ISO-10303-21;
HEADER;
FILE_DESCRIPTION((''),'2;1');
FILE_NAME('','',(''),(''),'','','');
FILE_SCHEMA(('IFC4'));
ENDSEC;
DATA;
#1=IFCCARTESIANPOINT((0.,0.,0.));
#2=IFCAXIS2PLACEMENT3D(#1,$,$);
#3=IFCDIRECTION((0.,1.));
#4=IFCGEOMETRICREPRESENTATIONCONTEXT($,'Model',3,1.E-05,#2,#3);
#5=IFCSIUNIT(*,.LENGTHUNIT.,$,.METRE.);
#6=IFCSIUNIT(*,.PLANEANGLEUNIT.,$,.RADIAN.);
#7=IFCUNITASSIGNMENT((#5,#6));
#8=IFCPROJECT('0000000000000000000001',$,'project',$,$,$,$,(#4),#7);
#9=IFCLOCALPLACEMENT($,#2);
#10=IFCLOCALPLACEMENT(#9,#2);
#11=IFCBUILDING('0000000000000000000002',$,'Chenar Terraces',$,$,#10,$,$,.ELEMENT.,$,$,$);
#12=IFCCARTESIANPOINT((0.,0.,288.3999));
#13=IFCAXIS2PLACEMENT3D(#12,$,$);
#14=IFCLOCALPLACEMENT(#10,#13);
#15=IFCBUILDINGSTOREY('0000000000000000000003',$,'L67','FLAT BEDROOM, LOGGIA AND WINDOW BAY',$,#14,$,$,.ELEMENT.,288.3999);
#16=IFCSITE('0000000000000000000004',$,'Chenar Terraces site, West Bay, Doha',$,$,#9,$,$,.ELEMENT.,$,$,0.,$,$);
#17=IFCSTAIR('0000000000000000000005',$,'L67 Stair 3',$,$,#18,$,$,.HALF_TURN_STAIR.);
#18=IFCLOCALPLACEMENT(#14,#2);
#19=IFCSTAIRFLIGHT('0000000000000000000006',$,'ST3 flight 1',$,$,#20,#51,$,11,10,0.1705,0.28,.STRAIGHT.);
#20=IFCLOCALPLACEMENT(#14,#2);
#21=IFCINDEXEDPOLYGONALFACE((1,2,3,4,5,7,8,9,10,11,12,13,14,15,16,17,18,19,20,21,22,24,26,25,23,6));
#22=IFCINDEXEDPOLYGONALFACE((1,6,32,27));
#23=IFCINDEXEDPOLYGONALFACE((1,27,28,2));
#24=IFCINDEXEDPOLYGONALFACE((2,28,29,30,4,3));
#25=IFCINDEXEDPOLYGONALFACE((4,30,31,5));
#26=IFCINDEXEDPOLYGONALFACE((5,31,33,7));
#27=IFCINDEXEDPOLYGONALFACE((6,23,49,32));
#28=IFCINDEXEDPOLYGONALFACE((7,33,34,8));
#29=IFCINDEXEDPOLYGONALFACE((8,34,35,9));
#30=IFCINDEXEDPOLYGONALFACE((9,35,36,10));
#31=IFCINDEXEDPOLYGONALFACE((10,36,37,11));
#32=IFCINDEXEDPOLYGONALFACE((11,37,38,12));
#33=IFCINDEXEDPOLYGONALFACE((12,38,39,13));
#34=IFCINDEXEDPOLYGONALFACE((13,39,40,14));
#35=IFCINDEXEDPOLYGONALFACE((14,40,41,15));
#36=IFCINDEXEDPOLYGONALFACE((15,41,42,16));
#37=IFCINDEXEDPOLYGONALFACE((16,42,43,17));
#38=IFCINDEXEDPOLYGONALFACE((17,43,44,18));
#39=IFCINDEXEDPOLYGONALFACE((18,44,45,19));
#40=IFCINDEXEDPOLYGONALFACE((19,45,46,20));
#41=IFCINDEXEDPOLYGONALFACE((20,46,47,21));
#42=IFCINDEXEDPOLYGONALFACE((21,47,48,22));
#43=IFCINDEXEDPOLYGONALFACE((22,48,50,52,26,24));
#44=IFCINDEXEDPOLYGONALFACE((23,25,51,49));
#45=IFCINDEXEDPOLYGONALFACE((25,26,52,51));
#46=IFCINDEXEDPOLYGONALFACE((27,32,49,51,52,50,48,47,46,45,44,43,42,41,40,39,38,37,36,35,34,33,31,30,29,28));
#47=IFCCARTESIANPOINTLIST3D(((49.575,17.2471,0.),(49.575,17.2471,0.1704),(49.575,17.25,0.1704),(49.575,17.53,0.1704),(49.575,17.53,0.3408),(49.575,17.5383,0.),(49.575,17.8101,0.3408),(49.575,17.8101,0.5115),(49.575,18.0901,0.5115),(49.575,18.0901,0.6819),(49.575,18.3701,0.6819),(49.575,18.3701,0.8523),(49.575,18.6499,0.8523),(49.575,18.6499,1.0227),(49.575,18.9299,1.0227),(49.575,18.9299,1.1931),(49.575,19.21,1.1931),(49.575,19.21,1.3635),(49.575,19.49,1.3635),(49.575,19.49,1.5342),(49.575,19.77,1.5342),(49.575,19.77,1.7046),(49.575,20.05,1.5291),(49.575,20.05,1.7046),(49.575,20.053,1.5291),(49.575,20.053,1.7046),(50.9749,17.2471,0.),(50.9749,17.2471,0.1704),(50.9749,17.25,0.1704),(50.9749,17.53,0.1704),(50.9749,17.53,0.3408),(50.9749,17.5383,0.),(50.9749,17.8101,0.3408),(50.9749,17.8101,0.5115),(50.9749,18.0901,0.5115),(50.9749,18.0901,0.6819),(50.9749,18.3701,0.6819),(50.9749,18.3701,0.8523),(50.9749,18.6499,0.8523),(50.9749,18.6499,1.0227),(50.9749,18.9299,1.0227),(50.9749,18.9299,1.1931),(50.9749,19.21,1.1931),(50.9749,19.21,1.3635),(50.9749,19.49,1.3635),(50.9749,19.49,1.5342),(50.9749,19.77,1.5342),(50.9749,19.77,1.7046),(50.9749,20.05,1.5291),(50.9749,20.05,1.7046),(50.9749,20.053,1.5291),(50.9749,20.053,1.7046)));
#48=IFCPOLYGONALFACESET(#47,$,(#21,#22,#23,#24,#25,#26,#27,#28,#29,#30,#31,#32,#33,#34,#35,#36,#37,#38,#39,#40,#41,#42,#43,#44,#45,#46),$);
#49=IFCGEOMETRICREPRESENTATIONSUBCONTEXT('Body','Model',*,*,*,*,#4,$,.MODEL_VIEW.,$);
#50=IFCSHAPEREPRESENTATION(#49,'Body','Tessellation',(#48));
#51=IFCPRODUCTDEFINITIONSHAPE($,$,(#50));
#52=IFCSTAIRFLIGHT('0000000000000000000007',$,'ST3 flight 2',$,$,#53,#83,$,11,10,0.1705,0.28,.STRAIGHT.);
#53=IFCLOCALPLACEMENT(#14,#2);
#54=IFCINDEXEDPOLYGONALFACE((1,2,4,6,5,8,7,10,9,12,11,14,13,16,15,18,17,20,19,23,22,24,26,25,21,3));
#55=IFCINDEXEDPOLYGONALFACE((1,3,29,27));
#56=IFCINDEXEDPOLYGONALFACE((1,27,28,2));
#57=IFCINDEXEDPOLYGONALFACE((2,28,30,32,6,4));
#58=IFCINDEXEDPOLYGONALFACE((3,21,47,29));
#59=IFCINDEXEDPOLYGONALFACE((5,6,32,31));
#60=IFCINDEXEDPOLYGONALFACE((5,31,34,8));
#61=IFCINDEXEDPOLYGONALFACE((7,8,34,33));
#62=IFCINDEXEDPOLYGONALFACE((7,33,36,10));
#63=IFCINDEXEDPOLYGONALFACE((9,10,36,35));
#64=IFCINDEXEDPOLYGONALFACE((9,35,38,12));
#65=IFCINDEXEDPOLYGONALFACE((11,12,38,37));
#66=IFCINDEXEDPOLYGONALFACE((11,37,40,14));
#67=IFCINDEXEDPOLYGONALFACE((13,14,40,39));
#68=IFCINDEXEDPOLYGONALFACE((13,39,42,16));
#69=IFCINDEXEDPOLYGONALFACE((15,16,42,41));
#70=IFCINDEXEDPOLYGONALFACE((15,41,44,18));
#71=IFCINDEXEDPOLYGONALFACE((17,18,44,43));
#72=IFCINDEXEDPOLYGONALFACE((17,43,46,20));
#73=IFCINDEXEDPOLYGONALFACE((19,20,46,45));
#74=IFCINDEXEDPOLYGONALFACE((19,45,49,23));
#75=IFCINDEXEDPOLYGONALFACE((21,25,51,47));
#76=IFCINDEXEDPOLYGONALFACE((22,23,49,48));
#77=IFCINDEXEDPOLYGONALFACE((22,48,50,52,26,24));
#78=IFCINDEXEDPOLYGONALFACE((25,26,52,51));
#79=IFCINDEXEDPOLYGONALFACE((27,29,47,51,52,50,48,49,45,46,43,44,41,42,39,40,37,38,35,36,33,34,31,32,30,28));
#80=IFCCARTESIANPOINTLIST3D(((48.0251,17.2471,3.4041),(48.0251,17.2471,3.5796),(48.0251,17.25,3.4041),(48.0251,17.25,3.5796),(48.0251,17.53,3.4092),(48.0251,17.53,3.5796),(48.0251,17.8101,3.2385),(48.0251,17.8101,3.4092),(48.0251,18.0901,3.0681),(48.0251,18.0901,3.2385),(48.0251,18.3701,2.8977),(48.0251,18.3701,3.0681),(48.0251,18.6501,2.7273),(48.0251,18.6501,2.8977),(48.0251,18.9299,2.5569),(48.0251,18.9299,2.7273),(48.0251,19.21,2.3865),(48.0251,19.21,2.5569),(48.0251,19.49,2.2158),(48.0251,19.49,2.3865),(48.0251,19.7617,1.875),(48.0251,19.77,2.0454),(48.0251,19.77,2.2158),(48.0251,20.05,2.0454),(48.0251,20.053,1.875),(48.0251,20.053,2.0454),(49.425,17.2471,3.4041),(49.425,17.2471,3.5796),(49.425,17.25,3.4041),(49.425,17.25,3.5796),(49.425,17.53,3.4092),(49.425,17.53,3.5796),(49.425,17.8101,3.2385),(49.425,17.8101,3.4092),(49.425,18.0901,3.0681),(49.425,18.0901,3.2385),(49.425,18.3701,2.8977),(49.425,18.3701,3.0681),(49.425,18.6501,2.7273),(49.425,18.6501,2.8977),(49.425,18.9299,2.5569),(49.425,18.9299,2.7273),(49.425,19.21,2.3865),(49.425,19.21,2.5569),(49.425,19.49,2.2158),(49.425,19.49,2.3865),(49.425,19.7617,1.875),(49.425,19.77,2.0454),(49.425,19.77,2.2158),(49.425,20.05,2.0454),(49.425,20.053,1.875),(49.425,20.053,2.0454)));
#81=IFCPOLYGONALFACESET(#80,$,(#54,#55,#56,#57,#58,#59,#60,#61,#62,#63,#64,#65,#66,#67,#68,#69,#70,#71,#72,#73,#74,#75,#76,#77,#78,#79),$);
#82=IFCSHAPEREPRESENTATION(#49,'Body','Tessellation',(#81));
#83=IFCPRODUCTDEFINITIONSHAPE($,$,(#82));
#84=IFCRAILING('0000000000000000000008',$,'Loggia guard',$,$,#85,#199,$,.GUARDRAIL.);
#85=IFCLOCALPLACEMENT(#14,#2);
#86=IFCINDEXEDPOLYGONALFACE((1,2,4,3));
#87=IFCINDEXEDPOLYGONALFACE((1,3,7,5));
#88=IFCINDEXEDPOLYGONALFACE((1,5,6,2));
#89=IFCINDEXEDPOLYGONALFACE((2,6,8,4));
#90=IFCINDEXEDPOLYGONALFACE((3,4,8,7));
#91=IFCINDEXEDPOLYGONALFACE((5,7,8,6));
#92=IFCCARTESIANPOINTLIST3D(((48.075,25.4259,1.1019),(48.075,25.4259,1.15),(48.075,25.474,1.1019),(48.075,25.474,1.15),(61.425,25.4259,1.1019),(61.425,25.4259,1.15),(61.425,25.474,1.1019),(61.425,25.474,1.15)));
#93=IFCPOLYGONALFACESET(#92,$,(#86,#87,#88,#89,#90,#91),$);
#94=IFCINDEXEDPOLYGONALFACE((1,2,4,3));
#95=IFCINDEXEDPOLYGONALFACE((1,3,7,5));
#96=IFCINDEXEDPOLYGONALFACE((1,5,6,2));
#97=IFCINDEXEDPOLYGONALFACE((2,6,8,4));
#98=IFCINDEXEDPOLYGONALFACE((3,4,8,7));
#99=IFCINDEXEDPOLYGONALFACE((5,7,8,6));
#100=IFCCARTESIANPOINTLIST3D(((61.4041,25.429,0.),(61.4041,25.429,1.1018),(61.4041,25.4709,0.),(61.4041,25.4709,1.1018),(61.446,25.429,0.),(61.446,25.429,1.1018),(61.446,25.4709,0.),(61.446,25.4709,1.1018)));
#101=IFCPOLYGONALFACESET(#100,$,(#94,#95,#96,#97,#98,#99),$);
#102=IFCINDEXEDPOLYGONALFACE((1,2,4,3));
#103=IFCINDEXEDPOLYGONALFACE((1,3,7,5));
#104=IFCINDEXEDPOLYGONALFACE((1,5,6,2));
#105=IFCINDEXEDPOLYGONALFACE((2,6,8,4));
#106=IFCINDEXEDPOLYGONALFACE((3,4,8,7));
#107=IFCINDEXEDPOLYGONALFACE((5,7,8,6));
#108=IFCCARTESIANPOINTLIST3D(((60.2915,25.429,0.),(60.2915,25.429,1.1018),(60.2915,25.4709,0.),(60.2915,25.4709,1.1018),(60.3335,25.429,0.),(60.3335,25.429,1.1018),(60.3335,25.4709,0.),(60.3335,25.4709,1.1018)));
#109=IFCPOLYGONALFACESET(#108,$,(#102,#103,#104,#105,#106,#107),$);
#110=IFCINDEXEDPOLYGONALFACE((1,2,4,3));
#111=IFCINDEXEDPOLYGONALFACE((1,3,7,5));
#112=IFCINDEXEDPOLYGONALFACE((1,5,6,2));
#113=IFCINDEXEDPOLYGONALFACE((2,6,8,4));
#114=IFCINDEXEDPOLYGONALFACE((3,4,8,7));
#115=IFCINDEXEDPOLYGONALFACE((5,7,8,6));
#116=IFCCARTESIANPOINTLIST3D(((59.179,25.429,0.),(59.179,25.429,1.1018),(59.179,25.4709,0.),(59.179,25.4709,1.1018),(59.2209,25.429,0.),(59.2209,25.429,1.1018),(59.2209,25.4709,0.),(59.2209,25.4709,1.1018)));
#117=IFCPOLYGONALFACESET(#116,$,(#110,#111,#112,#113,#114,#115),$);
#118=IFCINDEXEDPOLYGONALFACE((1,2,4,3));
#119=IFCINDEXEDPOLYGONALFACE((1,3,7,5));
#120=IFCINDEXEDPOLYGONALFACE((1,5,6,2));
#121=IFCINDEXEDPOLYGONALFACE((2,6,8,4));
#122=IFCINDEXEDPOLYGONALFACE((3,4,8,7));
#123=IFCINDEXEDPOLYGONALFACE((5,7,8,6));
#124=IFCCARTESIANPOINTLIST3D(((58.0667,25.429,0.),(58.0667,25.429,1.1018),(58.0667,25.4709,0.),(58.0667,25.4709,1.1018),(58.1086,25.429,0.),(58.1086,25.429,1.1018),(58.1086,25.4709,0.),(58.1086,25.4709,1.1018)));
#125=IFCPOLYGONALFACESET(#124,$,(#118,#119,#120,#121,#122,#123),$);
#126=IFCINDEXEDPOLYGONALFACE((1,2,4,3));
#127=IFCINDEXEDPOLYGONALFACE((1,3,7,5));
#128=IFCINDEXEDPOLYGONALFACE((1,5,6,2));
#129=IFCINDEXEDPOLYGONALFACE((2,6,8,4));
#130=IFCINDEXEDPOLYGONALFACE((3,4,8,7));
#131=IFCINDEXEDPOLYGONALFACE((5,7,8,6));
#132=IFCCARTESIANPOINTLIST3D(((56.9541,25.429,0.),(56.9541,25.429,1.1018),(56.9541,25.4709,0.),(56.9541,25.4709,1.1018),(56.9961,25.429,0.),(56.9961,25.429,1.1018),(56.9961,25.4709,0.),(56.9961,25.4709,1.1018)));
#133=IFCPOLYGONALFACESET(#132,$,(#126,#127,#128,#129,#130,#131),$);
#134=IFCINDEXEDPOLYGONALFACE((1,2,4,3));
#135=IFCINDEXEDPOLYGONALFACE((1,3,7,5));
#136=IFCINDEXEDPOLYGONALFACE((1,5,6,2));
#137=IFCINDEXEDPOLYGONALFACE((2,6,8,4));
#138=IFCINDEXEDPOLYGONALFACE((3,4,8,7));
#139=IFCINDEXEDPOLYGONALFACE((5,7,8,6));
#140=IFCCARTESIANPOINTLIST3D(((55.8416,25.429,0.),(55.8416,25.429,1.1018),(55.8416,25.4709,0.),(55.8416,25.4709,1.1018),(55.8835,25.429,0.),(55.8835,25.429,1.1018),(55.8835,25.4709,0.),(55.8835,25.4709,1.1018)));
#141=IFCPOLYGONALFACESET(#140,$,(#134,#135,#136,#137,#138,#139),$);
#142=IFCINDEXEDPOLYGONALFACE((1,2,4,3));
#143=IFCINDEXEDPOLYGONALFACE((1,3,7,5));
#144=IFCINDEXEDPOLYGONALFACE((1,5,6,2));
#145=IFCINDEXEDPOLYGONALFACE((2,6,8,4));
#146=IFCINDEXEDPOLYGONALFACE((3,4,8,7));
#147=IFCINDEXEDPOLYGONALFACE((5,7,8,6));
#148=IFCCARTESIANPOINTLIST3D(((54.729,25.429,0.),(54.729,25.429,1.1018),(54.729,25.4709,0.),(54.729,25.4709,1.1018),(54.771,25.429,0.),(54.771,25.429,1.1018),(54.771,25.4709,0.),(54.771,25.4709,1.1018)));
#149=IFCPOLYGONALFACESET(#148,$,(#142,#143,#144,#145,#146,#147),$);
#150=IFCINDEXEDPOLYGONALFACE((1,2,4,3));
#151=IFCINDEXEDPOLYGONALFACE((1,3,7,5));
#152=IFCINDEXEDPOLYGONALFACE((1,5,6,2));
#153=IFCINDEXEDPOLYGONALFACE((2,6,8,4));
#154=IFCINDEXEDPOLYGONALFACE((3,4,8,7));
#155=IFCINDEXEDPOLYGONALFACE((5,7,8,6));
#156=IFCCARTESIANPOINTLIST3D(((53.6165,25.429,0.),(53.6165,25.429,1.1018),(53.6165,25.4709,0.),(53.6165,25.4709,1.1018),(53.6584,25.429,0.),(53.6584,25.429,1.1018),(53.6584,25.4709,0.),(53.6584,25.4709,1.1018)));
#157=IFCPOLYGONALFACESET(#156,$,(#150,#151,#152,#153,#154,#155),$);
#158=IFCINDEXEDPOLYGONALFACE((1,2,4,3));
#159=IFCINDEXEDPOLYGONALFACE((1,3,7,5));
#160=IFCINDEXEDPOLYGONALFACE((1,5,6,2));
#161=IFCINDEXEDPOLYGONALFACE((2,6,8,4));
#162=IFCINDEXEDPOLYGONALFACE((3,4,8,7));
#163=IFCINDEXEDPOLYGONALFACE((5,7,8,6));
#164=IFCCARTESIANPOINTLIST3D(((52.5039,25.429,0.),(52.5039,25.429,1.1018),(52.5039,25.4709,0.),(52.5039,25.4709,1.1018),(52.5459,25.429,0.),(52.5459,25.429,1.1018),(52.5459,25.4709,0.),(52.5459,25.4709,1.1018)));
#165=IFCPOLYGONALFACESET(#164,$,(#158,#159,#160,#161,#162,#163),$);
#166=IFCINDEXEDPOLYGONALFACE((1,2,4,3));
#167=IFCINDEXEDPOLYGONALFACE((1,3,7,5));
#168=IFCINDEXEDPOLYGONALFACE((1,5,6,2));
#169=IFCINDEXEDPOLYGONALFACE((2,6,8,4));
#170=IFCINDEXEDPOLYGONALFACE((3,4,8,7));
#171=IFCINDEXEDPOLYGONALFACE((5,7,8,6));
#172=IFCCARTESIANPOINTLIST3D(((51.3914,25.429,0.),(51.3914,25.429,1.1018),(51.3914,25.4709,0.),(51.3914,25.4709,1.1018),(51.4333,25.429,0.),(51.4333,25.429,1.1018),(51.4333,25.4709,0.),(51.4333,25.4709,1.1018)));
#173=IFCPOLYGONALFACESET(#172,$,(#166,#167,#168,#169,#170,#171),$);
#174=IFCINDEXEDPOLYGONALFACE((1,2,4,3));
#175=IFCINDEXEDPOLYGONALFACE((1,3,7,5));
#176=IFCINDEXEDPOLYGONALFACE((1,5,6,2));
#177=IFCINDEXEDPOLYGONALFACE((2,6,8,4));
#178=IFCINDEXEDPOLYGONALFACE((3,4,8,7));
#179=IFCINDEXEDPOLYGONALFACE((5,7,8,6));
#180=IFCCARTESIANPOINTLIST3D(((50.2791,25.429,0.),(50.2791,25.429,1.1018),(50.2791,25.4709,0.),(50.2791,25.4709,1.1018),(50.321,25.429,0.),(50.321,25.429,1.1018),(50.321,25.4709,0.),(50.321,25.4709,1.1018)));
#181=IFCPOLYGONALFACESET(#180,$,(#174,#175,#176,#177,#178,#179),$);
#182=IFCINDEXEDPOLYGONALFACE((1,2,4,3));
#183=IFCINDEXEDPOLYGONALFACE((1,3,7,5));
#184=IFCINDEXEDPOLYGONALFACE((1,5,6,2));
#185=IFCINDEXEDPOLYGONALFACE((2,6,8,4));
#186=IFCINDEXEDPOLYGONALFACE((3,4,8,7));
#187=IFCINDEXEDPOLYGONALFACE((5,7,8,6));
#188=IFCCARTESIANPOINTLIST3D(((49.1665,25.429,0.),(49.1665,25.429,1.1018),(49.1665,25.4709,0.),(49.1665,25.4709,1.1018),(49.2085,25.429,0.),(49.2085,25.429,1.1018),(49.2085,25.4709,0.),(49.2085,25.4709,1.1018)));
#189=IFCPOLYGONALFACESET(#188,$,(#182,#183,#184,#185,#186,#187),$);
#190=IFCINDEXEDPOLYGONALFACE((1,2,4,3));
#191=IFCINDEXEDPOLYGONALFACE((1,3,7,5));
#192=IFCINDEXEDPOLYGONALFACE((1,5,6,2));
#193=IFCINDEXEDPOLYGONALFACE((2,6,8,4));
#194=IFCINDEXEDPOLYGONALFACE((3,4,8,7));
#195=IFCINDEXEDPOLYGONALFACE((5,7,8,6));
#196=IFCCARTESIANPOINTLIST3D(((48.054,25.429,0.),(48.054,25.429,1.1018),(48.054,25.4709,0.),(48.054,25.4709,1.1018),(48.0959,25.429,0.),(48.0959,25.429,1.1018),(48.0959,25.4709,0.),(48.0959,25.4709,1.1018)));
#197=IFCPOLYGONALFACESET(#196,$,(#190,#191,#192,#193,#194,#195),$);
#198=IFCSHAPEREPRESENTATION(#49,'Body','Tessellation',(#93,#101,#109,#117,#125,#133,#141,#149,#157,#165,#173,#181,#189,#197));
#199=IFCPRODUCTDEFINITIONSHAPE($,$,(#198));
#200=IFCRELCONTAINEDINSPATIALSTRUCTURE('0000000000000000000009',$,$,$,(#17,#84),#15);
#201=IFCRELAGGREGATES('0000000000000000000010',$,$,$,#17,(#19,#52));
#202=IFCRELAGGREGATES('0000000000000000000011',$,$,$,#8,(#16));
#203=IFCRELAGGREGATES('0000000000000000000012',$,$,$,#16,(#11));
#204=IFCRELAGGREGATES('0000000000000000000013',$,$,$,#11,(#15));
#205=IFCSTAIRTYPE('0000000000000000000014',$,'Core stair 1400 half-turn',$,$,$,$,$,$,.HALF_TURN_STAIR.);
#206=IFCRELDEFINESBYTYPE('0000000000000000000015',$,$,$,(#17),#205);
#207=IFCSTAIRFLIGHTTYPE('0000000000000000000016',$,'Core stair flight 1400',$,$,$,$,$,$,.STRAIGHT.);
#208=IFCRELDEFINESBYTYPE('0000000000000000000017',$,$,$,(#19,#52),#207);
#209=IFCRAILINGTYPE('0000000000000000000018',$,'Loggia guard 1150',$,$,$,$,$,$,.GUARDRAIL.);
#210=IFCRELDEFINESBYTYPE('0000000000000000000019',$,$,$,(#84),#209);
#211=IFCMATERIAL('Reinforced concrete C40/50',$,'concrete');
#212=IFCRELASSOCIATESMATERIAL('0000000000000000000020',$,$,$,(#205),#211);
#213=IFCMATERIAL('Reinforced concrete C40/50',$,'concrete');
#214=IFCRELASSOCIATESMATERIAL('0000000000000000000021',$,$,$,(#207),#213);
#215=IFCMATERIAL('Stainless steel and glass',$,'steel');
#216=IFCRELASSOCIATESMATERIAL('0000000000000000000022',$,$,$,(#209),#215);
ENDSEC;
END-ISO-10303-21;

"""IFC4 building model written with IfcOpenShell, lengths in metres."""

from ifc_helpers import new_model, si_unit, direction, frame, origin, origin_2d, place, context, subcontext, project, spatial, polyline, rectangle, outline, extrude, material, type_object, element, aggregate, save


model = new_model("IFC4")

# Units and contexts
model_context = context("Model", 3, precision=1e-05, world=origin(), true_north=direction((0.0, 1.0)))
body_context = subcontext(model_context, "Body", "Model", "MODEL_VIEW")
ifc_project = project(units=[si_unit("LENGTHUNIT", "METRE"), si_unit("PLANEANGLEUNIT", "RADIAN")], contexts=[model_context])

# Site, building, storey
site_placement = place(None, origin())
site = spatial("IfcSite", under=ifc_project, at=site_placement, Name="Chenar Terraces site, West Bay, Doha", CompositionType="ELEMENT", RefElevation=0.0)
building_placement = place(site_placement, origin())
building = spatial("IfcBuilding", under=site, at=building_placement, Name="Chenar Terraces", CompositionType="ELEMENT")
storey_placement = place(building_placement, frame((0.0, 0.0, 288.3999)))
storey = spatial("IfcBuildingStorey", under=building, at=storey_placement, Name="L67", Description="FLAT BEDROOM, LOGGIA AND WINDOW BAY", CompositionType="ELEMENT", Elevation=288.3999)

# Stair, stair flights
ifc_material_1 = material(Name="Reinforced concrete C40/50", Category="concrete")
stair_type = type_object("IfcStairType", Name="Core stair 1400 half-turn", PredefinedType="HALF_TURN_STAIR", material=ifc_material_1)
stair_placement = place(storey_placement, origin())
stair = element("IfcStair", 1, at=stair_placement, inside=storey, type_object=stair_type, Name="L67 Stair 3", PredefinedType="HALF_TURN_STAIR")
ifc_material_2 = material(Name="Reinforced concrete C40/50", Category="concrete")
stair_flight_type = type_object("IfcStairFlightType", Name="Core stair flight 1400", PredefinedType="STRAIGHT", material=ifc_material_2)
stair_flight_1_placement = place(storey_placement, frame((50.2749, 17.25, 0.0), z_axis=(0.0, 0.0, 1.0), x_axis=(0.0, 1.0, 0.0)))
stair_flight_1 = element("IfcStairFlight", 2, at=stair_flight_1_placement, type_object=stair_flight_type, Name="ST3 flight 1", NumberOfRisers=11, NumberOfTreads=10, PredefinedType="STRAIGHT", RiserHeight=0.1705, TreadLength=0.28, context=body_context, shape_type="SweptSolid", body=[
    extrude(outline(polyline([(-0.0029, 0.0), (-0.0029, 0.1704), (0.0, 0.1704), (0.28, 0.1704), (0.28, 0.3408), (0.5601, 0.3408), (0.5601, 0.5115), (0.8401, 0.5115), (0.8401, 0.6819), (1.1201, 0.6819), (1.1201, 0.8523), (1.3999, 0.8523), (1.3999, 1.0227), (1.6799, 1.0227), (1.6799, 1.1931), (1.96, 1.1931), (1.96, 1.3635), (2.24, 1.3635), (2.24, 1.5342), (2.52, 1.5342), (2.52, 1.7046), (2.8, 1.7046), (2.803, 1.7046), (2.803, 1.5291), (2.8, 1.5291), (0.2883, 0.0), (-0.0029, 0.0)])), frame((0.0, 0.7, 0.0), z_axis=(0.0, -1.0, 0.0), x_axis=(1.0, 0.0, 0.0)), (0.0, 0.0, 1.0), 1.3999),
])
stair_flight_2_placement = place(storey_placement, frame((48.7251, 20.05, 1.875), z_axis=(0.0, 0.0, 1.0), x_axis=(0.0, -1.0, 0.0)))
stair_flight_2 = element("IfcStairFlight", 3, at=stair_flight_2_placement, type_object=stair_flight_type, Name="ST3 flight 2", NumberOfRisers=11, NumberOfTreads=10, PredefinedType="STRAIGHT", RiserHeight=0.1705, TreadLength=0.28, context=body_context, shape_type="SweptSolid", body=[
    extrude(outline(polyline([(-0.0029, 0.0), (-0.0029, 0.1704), (0.0, 0.1704), (0.28, 0.1704), (0.28, 0.3408), (0.5601, 0.3408), (0.5601, 0.5115), (0.8401, 0.5115), (0.8401, 0.6819), (1.1201, 0.6819), (1.1201, 0.8523), (1.3999, 0.8523), (1.3999, 1.0227), (1.6799, 1.0227), (1.6799, 1.1931), (1.96, 1.1931), (1.96, 1.3635), (2.24, 1.3635), (2.24, 1.5342), (2.52, 1.5342), (2.52, 1.7046), (2.8, 1.7046), (2.803, 1.7046), (2.803, 1.5291), (2.8, 1.5291), (0.2883, 0.0), (-0.0029, 0.0)])), frame((0.0, 0.7, 0.0), z_axis=(0.0, -1.0, 0.0), x_axis=(1.0, 0.0, 0.0)), (0.0, 0.0, 1.0), 1.3999),
])
aggregate(stair, [stair_flight_1, stair_flight_2])

# Railing
ifc_material_3 = material(Name="Stainless steel and glass", Category="steel")
railing_type_1 = type_object("IfcRailingType", Name="Loggia guard 1150", PredefinedType="GUARDRAIL", material=ifc_material_3)
railing_1_placement = place(storey_placement, frame((61.425, 25.45, 0.0)))
element("IfcRailing", 4, at=railing_1_placement, inside=storey, type_object=railing_type_1, Name="Loggia guard", PredefinedType="GUARDRAIL", context=body_context, shape_type="SweptSolid", body=[
    extrude(rectangle(XDim=0.0481, YDim=0.0481, at=origin_2d()), frame((0.0, 0.0, 1.126), z_axis=(-1.0, 0.0, 0.0), x_axis=(0.0, -1.0, 0.0)), (0.0, 0.0, 1.0), 13.3501),
    extrude(rectangle(XDim=0.042, YDim=0.042, at=origin_2d()), origin(), (0.0, 0.0, 1.0), 1.1018),
    extrude(rectangle(XDim=0.042, YDim=0.042, at=origin_2d()), frame((-1.1125, 0.0, 0.0)), (0.0, 0.0, 1.0), 1.1018),
    extrude(rectangle(XDim=0.042, YDim=0.042, at=origin_2d()), frame((-2.2251, 0.0, 0.0)), (0.0, 0.0, 1.0), 1.1018),
    extrude(rectangle(XDim=0.042, YDim=0.042, at=origin_2d()), frame((-3.3374, 0.0, 0.0)), (0.0, 0.0, 1.0), 1.1018),
    extrude(rectangle(XDim=0.042, YDim=0.042, at=origin_2d()), frame((-4.45, 0.0, 0.0)), (0.0, 0.0, 1.0), 1.1018),
    extrude(rectangle(XDim=0.042, YDim=0.042, at=origin_2d()), frame((-5.5625, 0.0, 0.0)), (0.0, 0.0, 1.0), 1.1018),
    extrude(rectangle(XDim=0.042, YDim=0.042, at=origin_2d()), frame((-6.675, 0.0, 0.0)), (0.0, 0.0, 1.0), 1.1018),
    extrude(rectangle(XDim=0.042, YDim=0.042, at=origin_2d()), frame((-7.7876, 0.0, 0.0)), (0.0, 0.0, 1.0), 1.1018),
    extrude(rectangle(XDim=0.042, YDim=0.042, at=origin_2d()), frame((-8.9001, 0.0, 0.0)), (0.0, 0.0, 1.0), 1.1018),
    extrude(rectangle(XDim=0.042, YDim=0.042, at=origin_2d()), frame((-10.0127, 0.0, 0.0)), (0.0, 0.0, 1.0), 1.1018),
    extrude(rectangle(XDim=0.042, YDim=0.042, at=origin_2d()), frame((-11.125, 0.0, 0.0)), (0.0, 0.0, 1.0), 1.1018),
    extrude(rectangle(XDim=0.042, YDim=0.042, at=origin_2d()), frame((-12.2375, 0.0, 0.0)), (0.0, 0.0, 1.0), 1.1018),
    extrude(rectangle(XDim=0.042, YDim=0.042, at=origin_2d()), frame((-13.3501, 0.0, 0.0)), (0.0, 0.0, 1.0), 1.1018),
])

save(model, "model.ifc")
